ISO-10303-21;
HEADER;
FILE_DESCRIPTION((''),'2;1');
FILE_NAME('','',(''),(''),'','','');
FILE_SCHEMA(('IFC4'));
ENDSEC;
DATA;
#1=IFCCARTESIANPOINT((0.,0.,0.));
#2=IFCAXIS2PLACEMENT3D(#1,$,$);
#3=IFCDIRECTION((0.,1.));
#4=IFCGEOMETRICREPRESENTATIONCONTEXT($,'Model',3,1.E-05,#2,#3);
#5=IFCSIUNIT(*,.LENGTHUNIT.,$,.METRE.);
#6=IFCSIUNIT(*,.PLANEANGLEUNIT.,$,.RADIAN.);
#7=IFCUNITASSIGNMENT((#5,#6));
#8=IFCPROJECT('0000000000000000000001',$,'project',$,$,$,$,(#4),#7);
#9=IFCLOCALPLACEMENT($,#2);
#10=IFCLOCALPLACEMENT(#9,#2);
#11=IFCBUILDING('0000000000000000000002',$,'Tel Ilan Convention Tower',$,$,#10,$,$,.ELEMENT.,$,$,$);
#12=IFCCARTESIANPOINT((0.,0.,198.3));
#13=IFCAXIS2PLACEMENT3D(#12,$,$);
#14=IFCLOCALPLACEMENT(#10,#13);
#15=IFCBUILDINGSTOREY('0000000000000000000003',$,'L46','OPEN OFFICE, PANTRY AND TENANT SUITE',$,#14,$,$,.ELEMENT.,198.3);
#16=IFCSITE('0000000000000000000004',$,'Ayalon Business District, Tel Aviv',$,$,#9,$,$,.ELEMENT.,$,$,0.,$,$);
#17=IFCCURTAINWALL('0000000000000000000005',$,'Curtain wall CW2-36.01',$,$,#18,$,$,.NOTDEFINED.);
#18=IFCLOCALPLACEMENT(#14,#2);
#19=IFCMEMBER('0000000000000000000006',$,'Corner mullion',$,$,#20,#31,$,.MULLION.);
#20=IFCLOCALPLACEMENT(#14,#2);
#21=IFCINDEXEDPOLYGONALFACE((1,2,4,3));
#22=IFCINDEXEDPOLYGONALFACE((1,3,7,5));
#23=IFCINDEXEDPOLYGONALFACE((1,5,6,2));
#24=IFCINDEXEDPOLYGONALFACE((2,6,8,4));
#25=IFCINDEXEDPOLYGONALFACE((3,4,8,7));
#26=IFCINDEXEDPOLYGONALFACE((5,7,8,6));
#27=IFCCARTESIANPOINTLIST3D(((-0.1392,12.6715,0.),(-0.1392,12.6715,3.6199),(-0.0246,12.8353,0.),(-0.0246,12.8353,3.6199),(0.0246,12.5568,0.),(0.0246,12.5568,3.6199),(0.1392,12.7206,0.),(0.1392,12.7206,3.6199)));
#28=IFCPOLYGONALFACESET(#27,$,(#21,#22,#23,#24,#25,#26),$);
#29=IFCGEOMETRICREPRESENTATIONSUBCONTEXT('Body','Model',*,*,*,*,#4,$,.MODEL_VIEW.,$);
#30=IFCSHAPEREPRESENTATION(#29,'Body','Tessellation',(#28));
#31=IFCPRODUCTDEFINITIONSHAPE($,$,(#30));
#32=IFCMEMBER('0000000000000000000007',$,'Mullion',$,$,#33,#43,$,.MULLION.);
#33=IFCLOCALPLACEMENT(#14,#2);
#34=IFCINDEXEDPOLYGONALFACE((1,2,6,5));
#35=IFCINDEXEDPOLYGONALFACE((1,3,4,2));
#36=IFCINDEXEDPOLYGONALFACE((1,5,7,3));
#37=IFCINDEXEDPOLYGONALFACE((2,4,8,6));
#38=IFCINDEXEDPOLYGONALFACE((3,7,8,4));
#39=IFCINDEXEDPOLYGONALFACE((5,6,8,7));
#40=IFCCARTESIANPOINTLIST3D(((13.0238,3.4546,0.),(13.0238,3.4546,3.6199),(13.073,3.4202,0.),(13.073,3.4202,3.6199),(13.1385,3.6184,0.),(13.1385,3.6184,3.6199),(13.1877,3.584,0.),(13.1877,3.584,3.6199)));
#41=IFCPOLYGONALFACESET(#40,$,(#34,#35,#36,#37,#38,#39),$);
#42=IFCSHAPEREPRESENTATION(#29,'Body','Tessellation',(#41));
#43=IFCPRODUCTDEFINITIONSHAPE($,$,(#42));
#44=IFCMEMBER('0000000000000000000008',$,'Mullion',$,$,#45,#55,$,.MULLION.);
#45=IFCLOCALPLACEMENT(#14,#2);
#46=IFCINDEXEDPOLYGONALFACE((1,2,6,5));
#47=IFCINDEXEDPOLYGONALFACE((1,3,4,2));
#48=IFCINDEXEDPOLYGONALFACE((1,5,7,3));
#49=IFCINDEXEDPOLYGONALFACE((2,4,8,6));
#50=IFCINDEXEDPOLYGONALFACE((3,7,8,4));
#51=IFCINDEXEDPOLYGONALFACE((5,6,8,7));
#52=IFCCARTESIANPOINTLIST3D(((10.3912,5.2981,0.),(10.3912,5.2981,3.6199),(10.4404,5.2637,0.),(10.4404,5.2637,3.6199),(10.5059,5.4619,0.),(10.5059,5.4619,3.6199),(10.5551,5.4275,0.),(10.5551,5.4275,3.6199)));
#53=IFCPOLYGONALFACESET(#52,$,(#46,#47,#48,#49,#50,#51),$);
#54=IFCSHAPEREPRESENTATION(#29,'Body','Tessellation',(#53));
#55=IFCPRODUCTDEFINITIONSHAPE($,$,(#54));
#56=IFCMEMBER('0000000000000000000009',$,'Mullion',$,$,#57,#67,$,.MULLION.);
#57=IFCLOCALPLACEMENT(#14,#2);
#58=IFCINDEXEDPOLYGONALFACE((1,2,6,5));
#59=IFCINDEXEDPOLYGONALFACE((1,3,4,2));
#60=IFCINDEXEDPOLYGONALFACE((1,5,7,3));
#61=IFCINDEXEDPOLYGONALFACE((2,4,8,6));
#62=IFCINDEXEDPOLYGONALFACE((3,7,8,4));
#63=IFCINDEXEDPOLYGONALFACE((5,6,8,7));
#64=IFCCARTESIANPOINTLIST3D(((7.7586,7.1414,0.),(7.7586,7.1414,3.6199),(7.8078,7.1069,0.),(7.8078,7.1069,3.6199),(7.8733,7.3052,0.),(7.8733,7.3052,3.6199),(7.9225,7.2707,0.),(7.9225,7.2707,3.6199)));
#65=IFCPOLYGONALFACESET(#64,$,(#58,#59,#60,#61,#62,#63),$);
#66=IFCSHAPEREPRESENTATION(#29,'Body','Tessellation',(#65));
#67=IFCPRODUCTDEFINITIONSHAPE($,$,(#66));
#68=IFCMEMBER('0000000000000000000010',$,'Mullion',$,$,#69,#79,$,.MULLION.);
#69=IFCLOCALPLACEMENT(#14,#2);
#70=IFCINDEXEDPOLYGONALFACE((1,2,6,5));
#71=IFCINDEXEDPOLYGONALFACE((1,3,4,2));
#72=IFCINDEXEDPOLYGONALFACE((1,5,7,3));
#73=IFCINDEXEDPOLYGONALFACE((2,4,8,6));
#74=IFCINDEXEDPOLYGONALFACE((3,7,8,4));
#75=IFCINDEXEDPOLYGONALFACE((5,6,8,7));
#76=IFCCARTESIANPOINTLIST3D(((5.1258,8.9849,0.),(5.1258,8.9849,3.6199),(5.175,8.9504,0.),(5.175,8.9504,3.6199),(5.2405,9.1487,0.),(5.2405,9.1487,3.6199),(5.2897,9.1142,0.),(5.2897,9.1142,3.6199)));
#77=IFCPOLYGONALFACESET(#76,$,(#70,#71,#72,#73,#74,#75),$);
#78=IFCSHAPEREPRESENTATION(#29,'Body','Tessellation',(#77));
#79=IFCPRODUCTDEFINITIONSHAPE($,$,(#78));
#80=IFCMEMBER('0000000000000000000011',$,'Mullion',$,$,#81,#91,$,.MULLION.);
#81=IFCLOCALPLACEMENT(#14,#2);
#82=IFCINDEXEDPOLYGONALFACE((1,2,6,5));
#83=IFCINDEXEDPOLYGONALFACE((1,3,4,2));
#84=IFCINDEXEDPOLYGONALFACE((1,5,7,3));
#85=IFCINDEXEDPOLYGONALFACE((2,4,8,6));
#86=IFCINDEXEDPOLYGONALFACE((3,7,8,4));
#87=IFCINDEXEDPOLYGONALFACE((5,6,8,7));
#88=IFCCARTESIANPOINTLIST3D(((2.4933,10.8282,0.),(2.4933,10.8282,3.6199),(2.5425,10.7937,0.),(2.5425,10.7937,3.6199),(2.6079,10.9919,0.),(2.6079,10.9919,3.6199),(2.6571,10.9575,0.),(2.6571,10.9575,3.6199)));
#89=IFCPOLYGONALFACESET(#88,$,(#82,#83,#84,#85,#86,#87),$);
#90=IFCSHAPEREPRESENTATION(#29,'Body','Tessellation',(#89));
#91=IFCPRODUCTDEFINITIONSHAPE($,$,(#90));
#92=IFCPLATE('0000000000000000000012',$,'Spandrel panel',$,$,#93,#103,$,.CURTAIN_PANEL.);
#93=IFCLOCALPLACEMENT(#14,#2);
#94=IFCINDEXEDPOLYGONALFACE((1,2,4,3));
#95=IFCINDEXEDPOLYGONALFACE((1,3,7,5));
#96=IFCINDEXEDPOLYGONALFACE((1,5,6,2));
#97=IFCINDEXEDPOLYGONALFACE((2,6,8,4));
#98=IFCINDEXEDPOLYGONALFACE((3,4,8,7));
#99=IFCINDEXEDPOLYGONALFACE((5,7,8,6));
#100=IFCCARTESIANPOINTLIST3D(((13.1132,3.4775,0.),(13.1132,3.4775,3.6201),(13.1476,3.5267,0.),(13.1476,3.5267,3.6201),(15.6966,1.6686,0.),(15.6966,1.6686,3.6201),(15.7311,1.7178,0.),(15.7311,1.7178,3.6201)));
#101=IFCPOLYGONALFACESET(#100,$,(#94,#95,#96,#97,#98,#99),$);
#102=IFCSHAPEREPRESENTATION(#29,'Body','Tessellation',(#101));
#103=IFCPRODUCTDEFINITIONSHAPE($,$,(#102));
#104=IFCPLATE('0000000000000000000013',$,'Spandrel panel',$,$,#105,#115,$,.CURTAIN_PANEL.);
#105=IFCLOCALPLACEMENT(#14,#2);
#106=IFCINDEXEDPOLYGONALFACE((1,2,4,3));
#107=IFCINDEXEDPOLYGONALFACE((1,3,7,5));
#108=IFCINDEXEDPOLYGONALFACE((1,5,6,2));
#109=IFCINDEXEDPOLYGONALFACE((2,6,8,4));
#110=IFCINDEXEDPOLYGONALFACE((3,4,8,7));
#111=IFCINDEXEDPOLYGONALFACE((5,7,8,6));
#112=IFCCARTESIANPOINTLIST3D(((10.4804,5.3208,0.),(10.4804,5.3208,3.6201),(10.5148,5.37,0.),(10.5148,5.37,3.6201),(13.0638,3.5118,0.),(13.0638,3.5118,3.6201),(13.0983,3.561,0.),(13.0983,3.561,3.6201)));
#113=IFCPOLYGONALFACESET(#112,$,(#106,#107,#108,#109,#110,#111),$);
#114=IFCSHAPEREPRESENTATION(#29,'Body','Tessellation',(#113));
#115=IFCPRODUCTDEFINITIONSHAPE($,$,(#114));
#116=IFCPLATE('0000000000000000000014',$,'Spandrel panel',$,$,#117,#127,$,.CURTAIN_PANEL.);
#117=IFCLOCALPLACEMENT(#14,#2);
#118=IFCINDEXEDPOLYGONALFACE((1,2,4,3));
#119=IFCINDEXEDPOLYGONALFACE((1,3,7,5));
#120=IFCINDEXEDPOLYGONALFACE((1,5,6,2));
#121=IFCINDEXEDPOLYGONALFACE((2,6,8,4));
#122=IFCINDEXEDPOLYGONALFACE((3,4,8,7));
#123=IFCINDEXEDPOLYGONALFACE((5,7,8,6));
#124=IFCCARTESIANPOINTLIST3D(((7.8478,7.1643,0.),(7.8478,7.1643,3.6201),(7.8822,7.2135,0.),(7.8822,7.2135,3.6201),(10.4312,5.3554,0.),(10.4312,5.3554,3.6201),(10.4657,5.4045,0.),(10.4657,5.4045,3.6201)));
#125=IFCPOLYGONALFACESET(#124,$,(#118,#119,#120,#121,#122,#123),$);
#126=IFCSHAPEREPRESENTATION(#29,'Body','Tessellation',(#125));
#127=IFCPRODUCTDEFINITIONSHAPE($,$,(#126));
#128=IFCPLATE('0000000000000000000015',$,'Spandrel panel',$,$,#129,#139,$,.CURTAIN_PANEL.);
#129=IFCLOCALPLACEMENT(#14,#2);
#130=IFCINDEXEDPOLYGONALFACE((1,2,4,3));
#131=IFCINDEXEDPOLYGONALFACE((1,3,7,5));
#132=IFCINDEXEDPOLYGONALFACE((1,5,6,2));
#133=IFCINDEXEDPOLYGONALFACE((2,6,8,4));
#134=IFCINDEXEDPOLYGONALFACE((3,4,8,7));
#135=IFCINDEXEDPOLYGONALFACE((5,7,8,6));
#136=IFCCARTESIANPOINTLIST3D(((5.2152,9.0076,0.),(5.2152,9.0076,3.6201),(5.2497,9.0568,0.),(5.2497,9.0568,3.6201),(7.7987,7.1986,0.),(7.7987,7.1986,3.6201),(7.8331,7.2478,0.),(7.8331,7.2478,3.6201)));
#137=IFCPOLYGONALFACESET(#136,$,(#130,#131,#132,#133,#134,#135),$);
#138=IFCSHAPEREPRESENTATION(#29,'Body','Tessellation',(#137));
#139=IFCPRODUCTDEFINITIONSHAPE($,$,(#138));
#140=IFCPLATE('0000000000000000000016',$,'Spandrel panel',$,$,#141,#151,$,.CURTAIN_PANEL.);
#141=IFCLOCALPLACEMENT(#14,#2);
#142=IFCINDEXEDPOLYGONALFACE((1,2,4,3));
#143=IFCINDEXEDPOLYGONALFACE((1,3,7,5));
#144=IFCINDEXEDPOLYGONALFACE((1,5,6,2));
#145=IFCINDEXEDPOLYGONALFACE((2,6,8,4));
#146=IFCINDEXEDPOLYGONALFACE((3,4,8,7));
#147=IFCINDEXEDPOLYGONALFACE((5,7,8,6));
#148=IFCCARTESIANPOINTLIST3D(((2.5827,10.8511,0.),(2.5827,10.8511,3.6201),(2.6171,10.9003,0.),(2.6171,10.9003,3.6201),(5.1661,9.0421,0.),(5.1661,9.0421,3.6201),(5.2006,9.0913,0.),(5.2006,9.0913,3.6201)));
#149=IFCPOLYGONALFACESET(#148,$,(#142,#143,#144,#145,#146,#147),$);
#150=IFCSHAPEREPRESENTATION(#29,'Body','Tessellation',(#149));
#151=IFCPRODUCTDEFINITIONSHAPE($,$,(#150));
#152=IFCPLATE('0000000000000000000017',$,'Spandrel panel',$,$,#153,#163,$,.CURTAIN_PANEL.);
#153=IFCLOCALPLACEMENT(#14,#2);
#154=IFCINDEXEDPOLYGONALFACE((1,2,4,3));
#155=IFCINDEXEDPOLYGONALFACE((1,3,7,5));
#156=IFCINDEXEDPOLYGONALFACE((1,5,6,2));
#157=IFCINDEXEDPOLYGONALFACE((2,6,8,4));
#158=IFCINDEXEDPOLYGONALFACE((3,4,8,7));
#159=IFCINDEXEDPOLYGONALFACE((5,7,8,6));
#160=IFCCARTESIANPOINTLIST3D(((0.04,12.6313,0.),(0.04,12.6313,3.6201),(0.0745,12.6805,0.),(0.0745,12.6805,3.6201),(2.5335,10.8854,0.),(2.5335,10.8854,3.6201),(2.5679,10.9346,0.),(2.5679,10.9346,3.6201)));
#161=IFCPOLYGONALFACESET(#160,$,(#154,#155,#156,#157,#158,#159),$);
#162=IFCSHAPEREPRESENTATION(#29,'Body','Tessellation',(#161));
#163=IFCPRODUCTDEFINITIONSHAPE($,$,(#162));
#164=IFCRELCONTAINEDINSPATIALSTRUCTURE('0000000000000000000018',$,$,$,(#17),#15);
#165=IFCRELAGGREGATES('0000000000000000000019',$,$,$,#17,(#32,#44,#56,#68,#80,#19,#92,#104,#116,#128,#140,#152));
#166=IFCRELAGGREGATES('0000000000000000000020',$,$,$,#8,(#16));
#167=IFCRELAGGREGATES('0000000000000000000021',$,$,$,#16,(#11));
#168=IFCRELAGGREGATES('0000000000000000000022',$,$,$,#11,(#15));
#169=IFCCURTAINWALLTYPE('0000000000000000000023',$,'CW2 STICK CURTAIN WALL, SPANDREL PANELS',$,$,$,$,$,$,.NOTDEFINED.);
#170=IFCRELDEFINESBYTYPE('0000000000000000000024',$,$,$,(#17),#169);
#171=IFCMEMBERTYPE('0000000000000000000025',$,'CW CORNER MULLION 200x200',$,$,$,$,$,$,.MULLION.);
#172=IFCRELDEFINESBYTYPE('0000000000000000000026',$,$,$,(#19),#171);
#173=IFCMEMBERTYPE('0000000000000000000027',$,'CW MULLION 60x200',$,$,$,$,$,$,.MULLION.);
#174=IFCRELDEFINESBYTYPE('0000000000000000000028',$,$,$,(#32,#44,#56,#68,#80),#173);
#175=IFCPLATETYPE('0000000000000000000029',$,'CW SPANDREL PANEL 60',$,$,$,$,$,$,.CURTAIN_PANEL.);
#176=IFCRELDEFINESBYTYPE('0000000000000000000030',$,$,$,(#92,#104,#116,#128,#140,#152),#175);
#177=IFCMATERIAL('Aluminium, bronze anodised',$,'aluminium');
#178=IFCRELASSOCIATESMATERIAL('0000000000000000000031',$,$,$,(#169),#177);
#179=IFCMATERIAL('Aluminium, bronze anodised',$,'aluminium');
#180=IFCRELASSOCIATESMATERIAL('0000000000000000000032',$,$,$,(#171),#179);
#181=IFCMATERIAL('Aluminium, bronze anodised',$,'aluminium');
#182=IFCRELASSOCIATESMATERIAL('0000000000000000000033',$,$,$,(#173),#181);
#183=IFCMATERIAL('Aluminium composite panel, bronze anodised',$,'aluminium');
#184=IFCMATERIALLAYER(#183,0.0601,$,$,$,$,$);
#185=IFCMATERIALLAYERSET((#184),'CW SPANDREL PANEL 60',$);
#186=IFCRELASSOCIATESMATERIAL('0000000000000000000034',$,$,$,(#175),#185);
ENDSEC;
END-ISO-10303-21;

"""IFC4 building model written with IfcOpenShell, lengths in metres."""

from ifc_helpers import new_model, si_unit, direction, frame, origin, origin_2d, place, context, subcontext, project, spatial, rectangle, extrude, material, layer, layer_set, material_profile, profile_set, type_object, element, aggregate, save


model = new_model("IFC4")

# Units and contexts
model_context = context("Model", 3, precision=1e-05, world=origin(), true_north=direction((0.0, 1.0)))
body_context = subcontext(model_context, "Body", "Model", "MODEL_VIEW")
ifc_project = project(units=[si_unit("LENGTHUNIT", "METRE"), si_unit("PLANEANGLEUNIT", "RADIAN")], contexts=[model_context])

# Site, building, storey
site_placement = place(None, origin())
site = spatial("IfcSite", under=ifc_project, at=site_placement, Name="Ayalon Business District, Tel Aviv", CompositionType="ELEMENT", RefElevation=0.0)
building_placement = place(site_placement, origin())
building = spatial("IfcBuilding", under=site, at=building_placement, Name="Tel Ilan Convention Tower", CompositionType="ELEMENT")
storey_placement = place(building_placement, frame((0.0, 0.0, 198.3)))
storey = spatial("IfcBuildingStorey", under=building, at=storey_placement, Name="L46", Description="OPEN OFFICE, PANTRY AND TENANT SUITE", CompositionType="ELEMENT", Elevation=198.3)

# Curtain wall, members, plates
ifc_material_1 = material(Name="Aluminium, bronze anodised", Category="aluminium")
curtain_wall_type = type_object("IfcCurtainWallType", Name="CW2 STICK CURTAIN WALL, SPANDREL PANELS", PredefinedType="NOTDEFINED", material=ifc_material_1)
curtain_wall_placement = place(storey_placement, origin())
curtain_wall = element("IfcCurtainWall", 1, at=curtain_wall_placement, inside=storey, type_object=curtain_wall_type, Name="Curtain wall CW2-36.01", PredefinedType="NOTDEFINED")
ifc_material_2 = material(Name="Aluminium, bronze anodised", Category="aluminium")
ifc_material_profile_1 = material_profile(ifc_material_2, rectangle(XDim=0.2, YDim=0.2, at=origin_2d()), Name="CW CORNER MULLION 200x200")
ifc_profile_set_1 = profile_set([ifc_material_profile_1], Name="Aluminium, bronze anodised")
member_type_1 = type_object("IfcMemberType", Name="CW CORNER MULLION 200x200", PredefinedType="MULLION", material=ifc_profile_set_1)
member_1_placement = place(storey_placement, frame((0.0, 12.696, 0.0), z_axis=(0.0, 0.0, 1.0), x_axis=(-0.819152, 0.573576, 0.0)))
member_1 = element("IfcMember", 2, at=member_1_placement, type_object=member_type_1, Name="Corner mullion", PredefinedType="MULLION", context=body_context, shape_type="SweptSolid", body=[
    extrude(rectangle(XDim=0.2, YDim=0.2, at=origin_2d()), origin(), (0.0, 0.0, 1.0), 3.6199),
])
ifc_material_3 = material(Name="Aluminium, bronze anodised", Category="aluminium")
ifc_material_profile_2 = material_profile(ifc_material_3, rectangle(XDim=0.0601, YDim=0.2, at=origin_2d()), Name="CW MULLION 60x200")
ifc_profile_set_2 = profile_set([ifc_material_profile_2], Name="Aluminium, bronze anodised")
member_type_2 = type_object("IfcMemberType", Name="CW MULLION 60x200", PredefinedType="MULLION", material=ifc_profile_set_2)
member_2_placement = place(storey_placement, frame((13.1057, 3.5193, 0.0), z_axis=(0.0, 0.0, 1.0), x_axis=(-0.819152, 0.573576, 0.0)))
member_2 = element("IfcMember", 3, at=member_2_placement, type_object=member_type_2, Name="Mullion", PredefinedType="MULLION", context=body_context, shape_type="SweptSolid", body=[
    extrude(rectangle(XDim=0.0601, YDim=0.2, at=origin_2d()), origin(), (0.0, 0.0, 1.0), 3.6199),
])
member_3_placement = place(storey_placement, frame((10.4731, 5.3628, 0.0), z_axis=(0.0, 0.0, 1.0), x_axis=(-0.819152, 0.573576, 0.0)))
member_3 = element("IfcMember", 4, at=member_3_placement, type_object=member_type_2, Name="Mullion", PredefinedType="MULLION", context=body_context, shape_type="SweptSolid", body=[
    extrude(rectangle(XDim=0.0601, YDim=0.2, at=origin_2d()), origin(), (0.0, 0.0, 1.0), 3.6199),
])
member_4_placement = place(storey_placement, frame((7.8406, 7.2061, 0.0), z_axis=(0.0, 0.0, 1.0), x_axis=(-0.819152, 0.573576, 0.0)))
member_4 = element("IfcMember", 5, at=member_4_placement, type_object=member_type_2, Name="Mullion", PredefinedType="MULLION", context=body_context, shape_type="SweptSolid", body=[
    extrude(rectangle(XDim=0.0601, YDim=0.2, at=origin_2d()), origin(), (0.0, 0.0, 1.0), 3.6199),
])
member_5_placement = place(storey_placement, frame((5.2078, 9.0496, 0.0), z_axis=(0.0, 0.0, 1.0), x_axis=(-0.819152, 0.573576, 0.0)))
member_5 = element("IfcMember", 6, at=member_5_placement, type_object=member_type_2, Name="Mullion", PredefinedType="MULLION", context=body_context, shape_type="SweptSolid", body=[
    extrude(rectangle(XDim=0.0601, YDim=0.2, at=origin_2d()), origin(), (0.0, 0.0, 1.0), 3.6199),
])
member_6_placement = place(storey_placement, frame((2.5752, 10.8928, 0.0), z_axis=(0.0, 0.0, 1.0), x_axis=(-0.819152, 0.573576, 0.0)))
member_6 = element("IfcMember", 7, at=member_6_placement, type_object=member_type_2, Name="Mullion", PredefinedType="MULLION", context=body_context, shape_type="SweptSolid", body=[
    extrude(rectangle(XDim=0.0601, YDim=0.2, at=origin_2d()), origin(), (0.0, 0.0, 1.0), 3.6199),
])
ifc_material_4 = material(Name="Aluminium composite panel, bronze anodised", Category="aluminium")
ifc_layer_1 = layer(ifc_material_4, 0.0601)
ifc_layer_set_1 = layer_set([ifc_layer_1], Name="CW SPANDREL PANEL 60")
plate_type = type_object("IfcPlateType", Name="CW SPANDREL PANEL 60", PredefinedType="CURTAIN_PANEL", material=ifc_layer_set_1)
plate_1_placement = place(storey_placement, frame((14.4221, 2.5977, 0.0), z_axis=(0.0, 0.0, 1.0), x_axis=(-0.819152, 0.573576, 0.0)))
plate_1 = element("IfcPlate", 8, at=plate_1_placement, type_object=plate_type, Name="Spandrel panel", PredefinedType="CURTAIN_PANEL", context=body_context, shape_type="SweptSolid", body=[
    extrude(rectangle(XDim=3.1538, YDim=0.0601, at=origin_2d()), origin(), (0.0, 0.0, 1.0), 3.6201),
])
plate_2_placement = place(storey_placement, frame((11.7893, 4.4409, 0.0), z_axis=(0.0, 0.0, 1.0), x_axis=(-0.819152, 0.573576, 0.0)))
plate_2 = element("IfcPlate", 9, at=plate_2_placement, type_object=plate_type, Name="Spandrel panel", PredefinedType="CURTAIN_PANEL", context=body_context, shape_type="SweptSolid", body=[
    extrude(rectangle(XDim=3.1538, YDim=0.0601, at=origin_2d()), origin(), (0.0, 0.0, 1.0), 3.6201),
])
plate_3_placement = place(storey_placement, frame((9.1567, 6.2844, 0.0), z_axis=(0.0, 0.0, 1.0), x_axis=(-0.819152, 0.573576, 0.0)))
plate_3 = element("IfcPlate", 10, at=plate_3_placement, type_object=plate_type, Name="Spandrel panel", PredefinedType="CURTAIN_PANEL", context=body_context, shape_type="SweptSolid", body=[
    extrude(rectangle(XDim=3.1538, YDim=0.0601, at=origin_2d()), origin(), (0.0, 0.0, 1.0), 3.6201),
])
plate_4_placement = place(storey_placement, frame((6.5242, 8.1277, 0.0), z_axis=(0.0, 0.0, 1.0), x_axis=(-0.819152, 0.573576, 0.0)))
plate_4 = element("IfcPlate", 11, at=plate_4_placement, type_object=plate_type, Name="Spandrel panel", PredefinedType="CURTAIN_PANEL", context=body_context, shape_type="SweptSolid", body=[
    extrude(rectangle(XDim=3.1538, YDim=0.0601, at=origin_2d()), origin(), (0.0, 0.0, 1.0), 3.6201),
])
plate_5_placement = place(storey_placement, frame((3.8916, 9.9712, 0.0), z_axis=(0.0, 0.0, 1.0), x_axis=(-0.819152, 0.573576, 0.0)))
plate_5 = element("IfcPlate", 12, at=plate_5_placement, type_object=plate_type, Name="Spandrel panel", PredefinedType="CURTAIN_PANEL", context=body_context, shape_type="SweptSolid", body=[
    extrude(rectangle(XDim=3.1538, YDim=0.0601, at=origin_2d()), origin(), (0.0, 0.0, 1.0), 3.6201),
])
plate_6_placement = place(storey_placement, frame((1.304, 11.783, 0.0), z_axis=(0.0, 0.0, 1.0), x_axis=(-0.819152, 0.573576, 0.0)))
plate_6 = element("IfcPlate", 13, at=plate_6_placement, type_object=plate_type, Name="Spandrel panel", PredefinedType="CURTAIN_PANEL", context=body_context, shape_type="SweptSolid", body=[
    extrude(rectangle(XDim=3.0439, YDim=0.0601, at=origin_2d()), origin(), (0.0, 0.0, 1.0), 3.6201),
])
aggregate(curtain_wall, [member_2, member_3, member_4, member_5, member_6, member_1, plate_1, plate_2, plate_3, plate_4, plate_5, plate_6])

save(model, "model.ifc")
